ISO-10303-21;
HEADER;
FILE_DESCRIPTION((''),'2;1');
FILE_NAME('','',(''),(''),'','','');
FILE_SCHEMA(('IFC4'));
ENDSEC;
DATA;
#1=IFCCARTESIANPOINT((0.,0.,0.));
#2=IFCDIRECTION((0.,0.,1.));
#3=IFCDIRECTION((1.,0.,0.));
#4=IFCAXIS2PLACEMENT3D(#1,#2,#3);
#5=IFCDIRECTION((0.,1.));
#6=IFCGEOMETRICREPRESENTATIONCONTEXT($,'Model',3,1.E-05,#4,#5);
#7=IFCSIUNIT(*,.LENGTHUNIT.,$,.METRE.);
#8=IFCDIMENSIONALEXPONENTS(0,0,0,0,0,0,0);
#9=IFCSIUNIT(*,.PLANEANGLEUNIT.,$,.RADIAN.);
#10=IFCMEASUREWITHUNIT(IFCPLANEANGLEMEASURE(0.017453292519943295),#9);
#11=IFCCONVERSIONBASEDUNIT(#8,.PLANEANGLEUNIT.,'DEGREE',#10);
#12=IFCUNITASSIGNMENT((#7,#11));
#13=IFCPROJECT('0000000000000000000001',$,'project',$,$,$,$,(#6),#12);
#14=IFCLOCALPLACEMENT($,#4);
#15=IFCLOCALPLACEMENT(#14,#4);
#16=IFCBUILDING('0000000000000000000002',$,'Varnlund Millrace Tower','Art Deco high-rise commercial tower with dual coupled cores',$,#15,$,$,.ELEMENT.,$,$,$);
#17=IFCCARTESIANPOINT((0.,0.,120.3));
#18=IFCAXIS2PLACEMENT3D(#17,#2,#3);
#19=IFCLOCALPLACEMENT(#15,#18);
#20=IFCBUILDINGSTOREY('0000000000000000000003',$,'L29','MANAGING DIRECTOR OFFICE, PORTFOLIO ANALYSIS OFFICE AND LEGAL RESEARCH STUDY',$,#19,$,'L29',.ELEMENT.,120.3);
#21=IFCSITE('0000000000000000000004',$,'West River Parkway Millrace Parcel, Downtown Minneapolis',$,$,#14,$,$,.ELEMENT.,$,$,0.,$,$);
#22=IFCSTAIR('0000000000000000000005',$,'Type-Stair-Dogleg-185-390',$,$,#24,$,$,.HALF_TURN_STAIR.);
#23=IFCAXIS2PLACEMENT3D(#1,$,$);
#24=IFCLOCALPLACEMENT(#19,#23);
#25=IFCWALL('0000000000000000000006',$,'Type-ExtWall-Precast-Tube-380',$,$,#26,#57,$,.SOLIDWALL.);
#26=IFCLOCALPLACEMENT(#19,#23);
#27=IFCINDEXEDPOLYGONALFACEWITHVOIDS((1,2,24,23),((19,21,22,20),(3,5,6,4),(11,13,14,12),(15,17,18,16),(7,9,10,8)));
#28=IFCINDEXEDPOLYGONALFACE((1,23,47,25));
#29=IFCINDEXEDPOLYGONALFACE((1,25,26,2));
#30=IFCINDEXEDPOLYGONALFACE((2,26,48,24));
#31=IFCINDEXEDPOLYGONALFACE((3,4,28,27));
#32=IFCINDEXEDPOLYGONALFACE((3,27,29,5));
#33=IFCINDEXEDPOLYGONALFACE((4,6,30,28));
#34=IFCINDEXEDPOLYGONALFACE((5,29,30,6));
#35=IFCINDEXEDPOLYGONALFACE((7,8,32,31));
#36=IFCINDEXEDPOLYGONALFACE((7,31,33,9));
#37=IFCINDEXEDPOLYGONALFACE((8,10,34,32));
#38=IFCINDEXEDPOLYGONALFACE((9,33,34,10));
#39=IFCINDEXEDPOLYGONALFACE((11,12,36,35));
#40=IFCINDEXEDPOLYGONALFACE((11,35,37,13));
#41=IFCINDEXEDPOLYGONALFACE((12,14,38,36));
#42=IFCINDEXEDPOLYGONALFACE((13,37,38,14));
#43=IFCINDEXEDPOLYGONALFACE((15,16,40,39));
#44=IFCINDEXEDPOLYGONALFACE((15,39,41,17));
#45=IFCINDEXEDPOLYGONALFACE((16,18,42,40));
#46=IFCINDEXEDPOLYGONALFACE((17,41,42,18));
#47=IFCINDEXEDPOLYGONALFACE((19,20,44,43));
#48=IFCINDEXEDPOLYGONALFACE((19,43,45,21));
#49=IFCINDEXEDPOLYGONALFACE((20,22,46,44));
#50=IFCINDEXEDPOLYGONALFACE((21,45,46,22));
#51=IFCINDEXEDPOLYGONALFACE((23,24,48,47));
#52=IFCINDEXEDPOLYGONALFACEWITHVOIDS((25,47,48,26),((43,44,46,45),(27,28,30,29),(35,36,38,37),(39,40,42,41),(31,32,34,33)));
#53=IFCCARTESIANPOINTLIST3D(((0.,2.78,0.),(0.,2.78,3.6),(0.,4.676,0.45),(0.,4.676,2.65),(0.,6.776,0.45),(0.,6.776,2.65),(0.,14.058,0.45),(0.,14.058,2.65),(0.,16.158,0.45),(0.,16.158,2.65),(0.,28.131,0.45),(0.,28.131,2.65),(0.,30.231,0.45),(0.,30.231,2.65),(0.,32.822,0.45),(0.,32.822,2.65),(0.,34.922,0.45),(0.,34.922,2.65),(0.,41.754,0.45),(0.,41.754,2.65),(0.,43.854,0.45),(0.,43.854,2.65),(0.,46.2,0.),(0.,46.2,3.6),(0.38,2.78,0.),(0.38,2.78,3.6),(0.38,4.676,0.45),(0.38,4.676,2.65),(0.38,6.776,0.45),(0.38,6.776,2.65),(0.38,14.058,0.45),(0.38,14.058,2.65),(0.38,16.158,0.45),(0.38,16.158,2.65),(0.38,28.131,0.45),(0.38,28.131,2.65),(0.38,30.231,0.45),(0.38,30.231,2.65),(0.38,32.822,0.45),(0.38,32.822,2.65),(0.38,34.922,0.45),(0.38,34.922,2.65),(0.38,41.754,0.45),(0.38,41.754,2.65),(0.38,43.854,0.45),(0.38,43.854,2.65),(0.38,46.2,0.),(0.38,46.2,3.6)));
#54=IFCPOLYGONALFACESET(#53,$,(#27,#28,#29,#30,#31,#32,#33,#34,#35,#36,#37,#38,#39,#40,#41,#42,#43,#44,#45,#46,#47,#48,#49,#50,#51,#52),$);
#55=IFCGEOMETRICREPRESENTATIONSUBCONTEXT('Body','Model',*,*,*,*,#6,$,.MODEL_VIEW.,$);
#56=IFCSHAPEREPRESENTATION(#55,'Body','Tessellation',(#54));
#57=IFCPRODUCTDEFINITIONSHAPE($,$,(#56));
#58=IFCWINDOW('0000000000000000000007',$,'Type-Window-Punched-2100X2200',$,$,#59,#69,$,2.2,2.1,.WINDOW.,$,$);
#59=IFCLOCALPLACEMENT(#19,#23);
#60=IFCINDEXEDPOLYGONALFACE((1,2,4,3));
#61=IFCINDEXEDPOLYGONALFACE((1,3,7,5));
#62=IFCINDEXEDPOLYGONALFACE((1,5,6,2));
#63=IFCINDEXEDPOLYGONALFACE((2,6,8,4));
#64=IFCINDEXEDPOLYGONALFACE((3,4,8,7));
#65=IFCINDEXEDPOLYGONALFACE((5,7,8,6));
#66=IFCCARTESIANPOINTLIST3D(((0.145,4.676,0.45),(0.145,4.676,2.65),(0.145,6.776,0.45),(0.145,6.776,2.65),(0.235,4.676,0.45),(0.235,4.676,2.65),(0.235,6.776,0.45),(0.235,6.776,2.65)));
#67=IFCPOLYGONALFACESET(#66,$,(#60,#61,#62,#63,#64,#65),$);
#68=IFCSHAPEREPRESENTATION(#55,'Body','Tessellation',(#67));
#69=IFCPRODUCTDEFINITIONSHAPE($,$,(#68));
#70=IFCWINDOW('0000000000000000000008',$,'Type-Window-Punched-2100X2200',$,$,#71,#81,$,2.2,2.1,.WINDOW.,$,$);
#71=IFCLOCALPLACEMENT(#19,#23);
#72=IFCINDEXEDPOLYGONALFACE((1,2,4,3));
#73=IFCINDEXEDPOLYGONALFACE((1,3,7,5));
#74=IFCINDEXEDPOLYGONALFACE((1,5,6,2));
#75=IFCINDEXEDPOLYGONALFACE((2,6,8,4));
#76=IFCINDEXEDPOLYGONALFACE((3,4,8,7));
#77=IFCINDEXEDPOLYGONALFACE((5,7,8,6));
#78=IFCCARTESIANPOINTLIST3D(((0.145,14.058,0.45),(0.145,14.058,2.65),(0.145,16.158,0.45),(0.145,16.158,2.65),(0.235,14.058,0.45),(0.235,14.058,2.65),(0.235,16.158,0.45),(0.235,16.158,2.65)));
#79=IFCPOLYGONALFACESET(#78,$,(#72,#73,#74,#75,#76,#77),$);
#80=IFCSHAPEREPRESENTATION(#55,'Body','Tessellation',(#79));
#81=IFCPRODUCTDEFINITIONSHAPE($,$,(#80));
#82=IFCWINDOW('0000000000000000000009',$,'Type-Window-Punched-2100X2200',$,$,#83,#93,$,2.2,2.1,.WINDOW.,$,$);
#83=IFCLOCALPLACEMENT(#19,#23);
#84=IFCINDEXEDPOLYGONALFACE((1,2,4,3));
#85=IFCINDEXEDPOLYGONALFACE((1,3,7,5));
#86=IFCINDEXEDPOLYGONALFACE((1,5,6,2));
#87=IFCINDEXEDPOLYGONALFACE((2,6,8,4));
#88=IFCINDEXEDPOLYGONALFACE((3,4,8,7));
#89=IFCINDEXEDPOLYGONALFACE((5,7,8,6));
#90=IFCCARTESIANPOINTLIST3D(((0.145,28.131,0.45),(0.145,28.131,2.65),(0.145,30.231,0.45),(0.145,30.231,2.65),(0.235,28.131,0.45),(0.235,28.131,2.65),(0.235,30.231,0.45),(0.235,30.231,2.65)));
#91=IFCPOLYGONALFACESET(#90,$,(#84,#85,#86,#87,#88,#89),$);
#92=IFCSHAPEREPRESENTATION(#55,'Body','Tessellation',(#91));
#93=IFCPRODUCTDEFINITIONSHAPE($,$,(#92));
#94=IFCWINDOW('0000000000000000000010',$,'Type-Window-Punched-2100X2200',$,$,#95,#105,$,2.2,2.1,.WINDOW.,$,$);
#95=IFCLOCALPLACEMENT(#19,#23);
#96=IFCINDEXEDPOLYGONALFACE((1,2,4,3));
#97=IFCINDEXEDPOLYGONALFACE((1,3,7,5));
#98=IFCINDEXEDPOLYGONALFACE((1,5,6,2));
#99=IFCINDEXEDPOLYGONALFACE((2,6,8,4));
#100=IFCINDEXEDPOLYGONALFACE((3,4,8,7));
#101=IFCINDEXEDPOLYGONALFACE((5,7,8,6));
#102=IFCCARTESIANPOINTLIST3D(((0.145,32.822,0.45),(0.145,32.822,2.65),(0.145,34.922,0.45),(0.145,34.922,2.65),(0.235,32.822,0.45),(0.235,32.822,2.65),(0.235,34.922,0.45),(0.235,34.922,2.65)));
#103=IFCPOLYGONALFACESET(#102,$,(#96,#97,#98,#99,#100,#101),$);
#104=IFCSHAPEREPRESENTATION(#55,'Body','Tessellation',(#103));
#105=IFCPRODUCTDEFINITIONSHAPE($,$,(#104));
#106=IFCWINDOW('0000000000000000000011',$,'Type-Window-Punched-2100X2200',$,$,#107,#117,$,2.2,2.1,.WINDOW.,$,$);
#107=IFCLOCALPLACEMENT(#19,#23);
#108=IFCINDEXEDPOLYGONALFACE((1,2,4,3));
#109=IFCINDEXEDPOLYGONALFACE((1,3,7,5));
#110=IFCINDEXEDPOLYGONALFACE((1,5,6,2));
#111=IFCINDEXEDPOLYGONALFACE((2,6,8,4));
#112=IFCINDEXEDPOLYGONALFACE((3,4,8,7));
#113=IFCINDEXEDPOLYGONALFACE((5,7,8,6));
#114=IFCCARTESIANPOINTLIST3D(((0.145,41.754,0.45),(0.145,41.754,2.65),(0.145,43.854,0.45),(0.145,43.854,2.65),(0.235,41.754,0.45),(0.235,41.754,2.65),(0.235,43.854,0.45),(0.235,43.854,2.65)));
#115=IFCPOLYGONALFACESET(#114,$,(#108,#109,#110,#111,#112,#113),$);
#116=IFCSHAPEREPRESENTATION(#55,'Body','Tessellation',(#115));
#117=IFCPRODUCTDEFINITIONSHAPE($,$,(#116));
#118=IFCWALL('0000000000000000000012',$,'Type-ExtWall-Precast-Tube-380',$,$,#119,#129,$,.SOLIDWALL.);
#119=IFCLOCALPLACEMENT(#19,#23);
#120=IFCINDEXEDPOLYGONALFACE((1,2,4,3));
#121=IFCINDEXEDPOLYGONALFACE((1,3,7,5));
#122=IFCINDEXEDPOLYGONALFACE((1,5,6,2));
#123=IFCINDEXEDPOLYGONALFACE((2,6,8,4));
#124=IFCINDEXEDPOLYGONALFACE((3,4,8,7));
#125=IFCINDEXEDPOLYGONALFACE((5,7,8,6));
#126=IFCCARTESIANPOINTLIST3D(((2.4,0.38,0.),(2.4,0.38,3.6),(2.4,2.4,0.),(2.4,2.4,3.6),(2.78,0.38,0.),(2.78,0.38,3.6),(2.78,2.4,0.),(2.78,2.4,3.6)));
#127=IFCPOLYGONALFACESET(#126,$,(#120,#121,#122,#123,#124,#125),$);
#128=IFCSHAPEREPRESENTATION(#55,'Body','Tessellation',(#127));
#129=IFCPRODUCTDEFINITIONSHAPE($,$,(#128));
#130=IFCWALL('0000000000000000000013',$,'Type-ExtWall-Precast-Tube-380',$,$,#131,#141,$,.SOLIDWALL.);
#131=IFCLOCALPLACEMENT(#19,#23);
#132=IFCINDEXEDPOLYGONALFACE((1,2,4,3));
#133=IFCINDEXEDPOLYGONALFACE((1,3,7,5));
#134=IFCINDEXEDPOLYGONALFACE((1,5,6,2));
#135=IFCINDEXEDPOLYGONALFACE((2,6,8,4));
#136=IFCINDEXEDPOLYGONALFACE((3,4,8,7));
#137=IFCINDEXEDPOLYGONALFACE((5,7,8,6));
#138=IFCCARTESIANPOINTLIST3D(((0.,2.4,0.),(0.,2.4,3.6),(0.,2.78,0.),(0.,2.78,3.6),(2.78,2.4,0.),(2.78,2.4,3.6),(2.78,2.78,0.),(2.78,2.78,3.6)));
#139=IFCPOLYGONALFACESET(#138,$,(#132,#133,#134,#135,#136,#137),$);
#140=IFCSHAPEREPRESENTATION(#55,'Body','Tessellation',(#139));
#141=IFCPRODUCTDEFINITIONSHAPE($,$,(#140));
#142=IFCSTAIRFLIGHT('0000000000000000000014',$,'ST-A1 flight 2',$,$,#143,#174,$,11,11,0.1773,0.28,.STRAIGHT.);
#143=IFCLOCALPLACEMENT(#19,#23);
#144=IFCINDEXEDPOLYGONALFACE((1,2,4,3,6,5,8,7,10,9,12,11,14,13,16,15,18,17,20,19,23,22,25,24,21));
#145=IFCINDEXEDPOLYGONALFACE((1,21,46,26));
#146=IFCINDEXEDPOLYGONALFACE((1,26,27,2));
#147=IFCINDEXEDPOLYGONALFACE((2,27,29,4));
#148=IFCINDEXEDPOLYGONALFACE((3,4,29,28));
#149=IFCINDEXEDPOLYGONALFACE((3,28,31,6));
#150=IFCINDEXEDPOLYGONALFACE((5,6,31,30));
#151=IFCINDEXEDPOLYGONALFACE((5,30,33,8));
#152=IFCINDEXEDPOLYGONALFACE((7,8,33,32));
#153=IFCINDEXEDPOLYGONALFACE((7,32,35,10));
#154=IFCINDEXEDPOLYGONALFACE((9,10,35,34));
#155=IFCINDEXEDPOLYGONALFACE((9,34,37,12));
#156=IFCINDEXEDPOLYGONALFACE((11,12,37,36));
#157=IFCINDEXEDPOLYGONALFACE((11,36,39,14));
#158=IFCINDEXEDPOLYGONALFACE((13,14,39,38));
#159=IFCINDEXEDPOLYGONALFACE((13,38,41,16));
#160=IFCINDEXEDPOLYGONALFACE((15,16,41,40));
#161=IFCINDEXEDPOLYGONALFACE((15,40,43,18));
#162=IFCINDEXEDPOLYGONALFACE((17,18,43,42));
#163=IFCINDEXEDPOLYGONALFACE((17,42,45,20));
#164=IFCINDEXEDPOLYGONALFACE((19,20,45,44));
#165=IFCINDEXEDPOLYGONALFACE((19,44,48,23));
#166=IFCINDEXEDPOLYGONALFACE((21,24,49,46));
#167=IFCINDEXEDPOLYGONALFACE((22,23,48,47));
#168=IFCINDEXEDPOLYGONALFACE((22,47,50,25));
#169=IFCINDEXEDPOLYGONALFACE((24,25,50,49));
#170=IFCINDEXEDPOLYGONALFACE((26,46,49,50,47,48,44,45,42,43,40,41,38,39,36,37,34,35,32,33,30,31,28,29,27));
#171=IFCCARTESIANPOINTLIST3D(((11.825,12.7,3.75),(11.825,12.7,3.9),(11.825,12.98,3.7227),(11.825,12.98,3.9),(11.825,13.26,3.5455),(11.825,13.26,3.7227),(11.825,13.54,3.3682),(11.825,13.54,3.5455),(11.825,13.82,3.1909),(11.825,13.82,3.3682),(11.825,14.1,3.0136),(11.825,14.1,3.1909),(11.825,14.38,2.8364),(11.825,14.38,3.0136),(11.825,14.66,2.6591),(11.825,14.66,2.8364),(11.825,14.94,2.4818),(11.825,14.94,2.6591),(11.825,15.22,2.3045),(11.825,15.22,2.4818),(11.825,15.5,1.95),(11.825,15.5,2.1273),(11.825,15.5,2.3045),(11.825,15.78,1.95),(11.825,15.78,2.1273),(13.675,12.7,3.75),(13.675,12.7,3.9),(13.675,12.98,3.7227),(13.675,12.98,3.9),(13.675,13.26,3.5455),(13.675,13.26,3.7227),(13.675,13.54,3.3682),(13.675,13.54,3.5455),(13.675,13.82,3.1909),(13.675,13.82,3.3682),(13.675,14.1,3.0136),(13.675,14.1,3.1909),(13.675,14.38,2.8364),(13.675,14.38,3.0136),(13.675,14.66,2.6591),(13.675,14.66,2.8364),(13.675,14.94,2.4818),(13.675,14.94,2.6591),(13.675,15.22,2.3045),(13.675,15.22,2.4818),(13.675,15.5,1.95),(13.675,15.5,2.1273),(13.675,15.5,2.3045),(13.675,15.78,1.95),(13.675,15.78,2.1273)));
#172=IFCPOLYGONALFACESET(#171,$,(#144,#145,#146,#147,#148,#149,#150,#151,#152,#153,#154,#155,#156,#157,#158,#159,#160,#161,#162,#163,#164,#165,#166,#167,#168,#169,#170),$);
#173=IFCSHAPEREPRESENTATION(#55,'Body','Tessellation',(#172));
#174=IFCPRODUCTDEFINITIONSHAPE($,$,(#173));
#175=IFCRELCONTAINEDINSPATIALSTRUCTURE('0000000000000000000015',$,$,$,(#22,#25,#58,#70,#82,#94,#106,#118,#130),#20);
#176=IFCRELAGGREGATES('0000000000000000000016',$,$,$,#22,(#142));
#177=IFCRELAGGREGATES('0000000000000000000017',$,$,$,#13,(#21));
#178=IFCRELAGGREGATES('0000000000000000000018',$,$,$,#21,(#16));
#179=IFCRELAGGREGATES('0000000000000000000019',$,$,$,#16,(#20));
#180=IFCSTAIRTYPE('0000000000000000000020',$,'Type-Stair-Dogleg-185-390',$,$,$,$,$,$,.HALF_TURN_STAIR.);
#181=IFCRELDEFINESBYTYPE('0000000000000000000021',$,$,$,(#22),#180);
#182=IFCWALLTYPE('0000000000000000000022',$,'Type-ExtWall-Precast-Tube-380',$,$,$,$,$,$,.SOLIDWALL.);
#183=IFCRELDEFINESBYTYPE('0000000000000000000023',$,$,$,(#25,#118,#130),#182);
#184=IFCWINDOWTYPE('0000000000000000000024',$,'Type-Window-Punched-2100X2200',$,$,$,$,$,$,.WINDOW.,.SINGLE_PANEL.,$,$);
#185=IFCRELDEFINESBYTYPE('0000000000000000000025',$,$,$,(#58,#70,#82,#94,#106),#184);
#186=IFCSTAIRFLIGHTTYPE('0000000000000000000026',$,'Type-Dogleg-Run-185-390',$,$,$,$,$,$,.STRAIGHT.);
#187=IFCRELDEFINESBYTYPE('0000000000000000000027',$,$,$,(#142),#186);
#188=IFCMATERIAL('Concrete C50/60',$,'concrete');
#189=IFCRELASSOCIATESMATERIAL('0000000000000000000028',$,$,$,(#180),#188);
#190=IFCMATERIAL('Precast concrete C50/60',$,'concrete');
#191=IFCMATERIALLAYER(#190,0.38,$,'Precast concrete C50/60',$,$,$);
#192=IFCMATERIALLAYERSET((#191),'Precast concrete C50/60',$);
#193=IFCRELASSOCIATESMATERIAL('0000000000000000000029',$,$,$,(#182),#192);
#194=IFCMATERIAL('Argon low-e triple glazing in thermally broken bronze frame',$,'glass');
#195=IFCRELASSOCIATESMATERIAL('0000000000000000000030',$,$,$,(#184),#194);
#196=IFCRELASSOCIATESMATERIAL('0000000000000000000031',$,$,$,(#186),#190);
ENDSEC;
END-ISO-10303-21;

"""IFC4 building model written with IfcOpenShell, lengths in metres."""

from ifc_helpers import new_model, entity, si_unit, converted_unit, direction, frame, origin_with_axes, origin_2d_with_axis, place, context, subcontext, project, spatial, polyline, rectangle, outline, extrude, material, layer, layer_set, type_object, element, fill, aggregate, save


model = new_model("IFC4")

# Units and contexts
model_context = context("Model", 3, precision=1e-05, world=origin_with_axes(), true_north=direction((0.0, 1.0)))
body_context = subcontext(model_context, "Body", "Model", "MODEL_VIEW")
ifc_project = project(units=[si_unit("LENGTHUNIT", "METRE"), converted_unit("PLANEANGLEUNIT", "DEGREE", entity("IfcPlaneAngleMeasure", 0.017453292519943295), si_unit("PLANEANGLEUNIT", "RADIAN"), dimensions=[0, 0, 0, 0, 0, 0, 0])], contexts=[model_context])

# Site, building, storey
site_placement = place(None, origin_with_axes())
site = spatial("IfcSite", under=ifc_project, at=site_placement, Name="West River Parkway Millrace Parcel, Downtown Minneapolis", CompositionType="ELEMENT", RefElevation=0.0)
building_placement = place(site_placement, origin_with_axes())
building = spatial("IfcBuilding", under=site, at=building_placement, Name="Varnlund Millrace Tower", Description="Art Deco high-rise commercial tower with dual coupled cores", CompositionType="ELEMENT")
storey_placement = place(building_placement, frame((0.0, 0.0, 120.3), z_axis=(0.0, 0.0, 1.0), x_axis=(1.0, 0.0, 0.0)))
storey = spatial("IfcBuildingStorey", under=building, at=storey_placement, Name="L29", Description="MANAGING DIRECTOR OFFICE, PORTFOLIO ANALYSIS OFFICE AND LEGAL RESEARCH STUDY", LongName="L29", CompositionType="ELEMENT", Elevation=120.3)

# Stair
ifc_material_1 = material(Name="Concrete C50/60", Category="concrete")
stair_type_1 = type_object("IfcStairType", Name="Type-Stair-Dogleg-185-390", PredefinedType="HALF_TURN_STAIR", material=ifc_material_1)
stair_1_placement = place(storey_placement, origin_with_axes())
stair_1 = element("IfcStair", 1, at=stair_1_placement, inside=storey, type_object=stair_type_1, Name="Type-Stair-Dogleg-185-390", PredefinedType="HALF_TURN_STAIR")

# Wall, openings, windows
ifc_material_2 = material(Name="Precast concrete C50/60", Category="concrete")
ifc_layer_1 = layer(ifc_material_2, 0.38, Name="Precast concrete C50/60")
ifc_layer_set_1 = layer_set([ifc_layer_1], Name="Precast concrete C50/60")
wall_type = type_object("IfcWallType", Name="Type-ExtWall-Precast-Tube-380", PredefinedType="SOLIDWALL", material=ifc_layer_set_1)
wall_1_placement = place(storey_placement, frame((0.19, 2.78, 0.0), z_axis=(0.0, 0.0, 1.0), x_axis=(0.0, 1.0, 0.0)))
wall_1 = element("IfcWall", 2, at=wall_1_placement, inside=storey, type_object=wall_type, Name="Type-ExtWall-Precast-Tube-380", PredefinedType="SOLIDWALL", context=body_context, shape_type="SweptSolid", body=[
    extrude(outline(polyline([(0.0, -0.19), (43.42, -0.19), (43.42, 0.19), (0.0, 0.19), (0.0, -0.19)])), origin_with_axes(), (0.0, 0.0, 1.0), 3.6),
])
opening_1_placement = place(wall_1_placement, frame((2.946, 0.0, 0.45), z_axis=(0.0, 0.0, 1.0), x_axis=(1.0, 0.0, 0.0)))
opening_1 = element("IfcOpeningElement", 3, at=opening_1_placement, cuts=wall_1, PredefinedType="OPENING", context=body_context, shape_type="SweptSolid", body=[
    extrude(rectangle(XDim=2.1, YDim=0.4, at=origin_2d_with_axis()), origin_with_axes(), (0.0, 0.0, 1.0), 2.2),
])
opening_2_placement = place(wall_1_placement, frame((12.328, 0.0, 0.45), z_axis=(0.0, 0.0, 1.0), x_axis=(1.0, 0.0, 0.0)))
opening_2 = element("IfcOpeningElement", 4, at=opening_2_placement, cuts=wall_1, PredefinedType="OPENING", context=body_context, shape_type="SweptSolid", body=[
    extrude(rectangle(XDim=2.1, YDim=0.4, at=origin_2d_with_axis()), origin_with_axes(), (0.0, 0.0, 1.0), 2.2),
])
opening_3_placement = place(wall_1_placement, frame((26.401, 0.0, 0.45), z_axis=(0.0, 0.0, 1.0), x_axis=(1.0, 0.0, 0.0)))
opening_3 = element("IfcOpeningElement", 5, at=opening_3_placement, cuts=wall_1, PredefinedType="OPENING", context=body_context, shape_type="SweptSolid", body=[
    extrude(rectangle(XDim=2.1, YDim=0.4, at=origin_2d_with_axis()), origin_with_axes(), (0.0, 0.0, 1.0), 2.2),
])
opening_4_placement = place(wall_1_placement, frame((31.092, 0.0, 0.45), z_axis=(0.0, 0.0, 1.0), x_axis=(1.0, 0.0, 0.0)))
opening_4 = element("IfcOpeningElement", 6, at=opening_4_placement, cuts=wall_1, PredefinedType="OPENING", context=body_context, shape_type="SweptSolid", body=[
    extrude(rectangle(XDim=2.1, YDim=0.4, at=origin_2d_with_axis()), origin_with_axes(), (0.0, 0.0, 1.0), 2.2),
])
opening_5_placement = place(wall_1_placement, frame((40.024, 0.0, 0.45), z_axis=(0.0, 0.0, 1.0), x_axis=(1.0, 0.0, 0.0)))
opening_5 = element("IfcOpeningElement", 7, at=opening_5_placement, cuts=wall_1, PredefinedType="OPENING", context=body_context, shape_type="SweptSolid", body=[
    extrude(rectangle(XDim=2.1, YDim=0.4, at=origin_2d_with_axis()), origin_with_axes(), (0.0, 0.0, 1.0), 2.2),
])
ifc_material_3 = material(Name="Argon low-e triple glazing in thermally broken bronze frame", Category="glass")
window_type = type_object("IfcWindowType", Name="Type-Window-Punched-2100X2200", PartitioningType="SINGLE_PANEL", PredefinedType="WINDOW", material=ifc_material_3)
window_1_placement = place(wall_1_placement, frame((2.946, 0.0, 0.45), z_axis=(0.0, 0.0, 1.0), x_axis=(1.0, 0.0, 0.0)))
window_1 = element("IfcWindow", 8, at=window_1_placement, inside=storey, type_object=window_type, Name="Type-Window-Punched-2100X2200", OverallHeight=2.2, OverallWidth=2.1, PredefinedType="WINDOW", context=body_context, shape_type="SweptSolid", body=[
    extrude(rectangle(XDim=2.1, YDim=0.09, at=origin_2d_with_axis()), origin_with_axes(), (0.0, 0.0, 1.0), 2.2),
])
fill(opening_1, window_1)
window_2_placement = place(wall_1_placement, frame((12.328, 0.0, 0.45), z_axis=(0.0, 0.0, 1.0), x_axis=(1.0, 0.0, 0.0)))
window_2 = element("IfcWindow", 9, at=window_2_placement, inside=storey, type_object=window_type, Name="Type-Window-Punched-2100X2200", OverallHeight=2.2, OverallWidth=2.1, PredefinedType="WINDOW", context=body_context, shape_type="SweptSolid", body=[
    extrude(rectangle(XDim=2.1, YDim=0.09, at=origin_2d_with_axis()), origin_with_axes(), (0.0, 0.0, 1.0), 2.2),
])
fill(opening_2, window_2)
window_3_placement = place(wall_1_placement, frame((26.401, 0.0, 0.45), z_axis=(0.0, 0.0, 1.0), x_axis=(1.0, 0.0, 0.0)))
window_3 = element("IfcWindow", 10, at=window_3_placement, inside=storey, type_object=window_type, Name="Type-Window-Punched-2100X2200", OverallHeight=2.2, OverallWidth=2.1, PredefinedType="WINDOW", context=body_context, shape_type="SweptSolid", body=[
    extrude(rectangle(XDim=2.1, YDim=0.09, at=origin_2d_with_axis()), origin_with_axes(), (0.0, 0.0, 1.0), 2.2),
])
fill(opening_3, window_3)
window_4_placement = place(wall_1_placement, frame((31.092, 0.0, 0.45), z_axis=(0.0, 0.0, 1.0), x_axis=(1.0, 0.0, 0.0)))
window_4 = element("IfcWindow", 11, at=window_4_placement, inside=storey, type_object=window_type, Name="Type-Window-Punched-2100X2200", OverallHeight=2.2, OverallWidth=2.1, PredefinedType="WINDOW", context=body_context, shape_type="SweptSolid", body=[
    extrude(rectangle(XDim=2.1, YDim=0.09, at=origin_2d_with_axis()), origin_with_axes(), (0.0, 0.0, 1.0), 2.2),
])
fill(opening_4, window_4)
window_5_placement = place(wall_1_placement, frame((40.024, 0.0, 0.45), z_axis=(0.0, 0.0, 1.0), x_axis=(1.0, 0.0, 0.0)))
window_5 = element("IfcWindow", 12, at=window_5_placement, inside=storey, type_object=window_type, Name="Type-Window-Punched-2100X2200", OverallHeight=2.2, OverallWidth=2.1, PredefinedType="WINDOW", context=body_context, shape_type="SweptSolid", body=[
    extrude(rectangle(XDim=2.1, YDim=0.09, at=origin_2d_with_axis()), origin_with_axes(), (0.0, 0.0, 1.0), 2.2),
])
fill(opening_5, window_5)

# Walls
wall_2_placement = place(storey_placement, frame((2.59, 0.38, 0.0), z_axis=(0.0, 0.0, 1.0), x_axis=(0.0, 1.0, 0.0)))
element("IfcWall", 13, at=wall_2_placement, inside=storey, type_object=wall_type, Name="Type-ExtWall-Precast-Tube-380", PredefinedType="SOLIDWALL", context=body_context, shape_type="SweptSolid", body=[
    extrude(outline(polyline([(0.0, -0.19), (2.02, -0.19), (2.02, 0.19), (0.0, 0.19), (0.0, -0.19)])), origin_with_axes(), (0.0, 0.0, 1.0), 3.6),
])
wall_3_placement = place(storey_placement, frame((2.78, 2.59, 0.0), z_axis=(0.0, 0.0, 1.0), x_axis=(-1.0, 0.0, 0.0)))
element("IfcWall", 14, at=wall_3_placement, inside=storey, type_object=wall_type, Name="Type-ExtWall-Precast-Tube-380", PredefinedType="SOLIDWALL", context=body_context, shape_type="SweptSolid", body=[
    extrude(outline(polyline([(0.0, -0.19), (2.78, -0.19), (2.78, 0.19), (0.0, 0.19), (0.0, -0.19)])), origin_with_axes(), (0.0, 0.0, 1.0), 3.6),
])

# Stair flight
stair_flight_type = type_object("IfcStairFlightType", Name="Type-Dogleg-Run-185-390", PredefinedType="STRAIGHT", material=ifc_material_2)
stair_flight_placement = place(storey_placement, frame((13.675, 15.78, 1.95), z_axis=(-1.0, 0.0, 0.0), x_axis=(0.0, -1.0, 0.0)))
stair_flight = element("IfcStairFlight", 15, at=stair_flight_placement, type_object=stair_flight_type, Name="ST-A1 flight 2", NumberOfRisers=11, NumberOfTreads=11, PredefinedType="STRAIGHT", RiserHeight=0.1773, TreadLength=0.28, context=body_context, shape_type="SweptSolid", body=[
    extrude(outline(polyline([(0.0, 0.0), (0.0, 0.1773), (0.28, 0.1773), (0.28, 0.3545), (0.56, 0.3545), (0.56, 0.5318), (0.84, 0.5318), (0.84, 0.7091), (1.12, 0.7091), (1.12, 0.8864), (1.4, 0.8864), (1.4, 1.0636), (1.68, 1.0636), (1.68, 1.2409), (1.96, 1.2409), (1.96, 1.4182), (2.24, 1.4182), (2.24, 1.5955), (2.52, 1.5955), (2.52, 1.7727), (2.8, 1.7727), (2.8, 1.95), (3.08, 1.95), (3.08, 1.8), (0.28, 0.0), (0.0, 0.0)])), origin_with_axes(), (0.0, 0.0, 1.0), 1.85),
])
aggregate(stair_1, [stair_flight])

save(model, "model.ifc")
